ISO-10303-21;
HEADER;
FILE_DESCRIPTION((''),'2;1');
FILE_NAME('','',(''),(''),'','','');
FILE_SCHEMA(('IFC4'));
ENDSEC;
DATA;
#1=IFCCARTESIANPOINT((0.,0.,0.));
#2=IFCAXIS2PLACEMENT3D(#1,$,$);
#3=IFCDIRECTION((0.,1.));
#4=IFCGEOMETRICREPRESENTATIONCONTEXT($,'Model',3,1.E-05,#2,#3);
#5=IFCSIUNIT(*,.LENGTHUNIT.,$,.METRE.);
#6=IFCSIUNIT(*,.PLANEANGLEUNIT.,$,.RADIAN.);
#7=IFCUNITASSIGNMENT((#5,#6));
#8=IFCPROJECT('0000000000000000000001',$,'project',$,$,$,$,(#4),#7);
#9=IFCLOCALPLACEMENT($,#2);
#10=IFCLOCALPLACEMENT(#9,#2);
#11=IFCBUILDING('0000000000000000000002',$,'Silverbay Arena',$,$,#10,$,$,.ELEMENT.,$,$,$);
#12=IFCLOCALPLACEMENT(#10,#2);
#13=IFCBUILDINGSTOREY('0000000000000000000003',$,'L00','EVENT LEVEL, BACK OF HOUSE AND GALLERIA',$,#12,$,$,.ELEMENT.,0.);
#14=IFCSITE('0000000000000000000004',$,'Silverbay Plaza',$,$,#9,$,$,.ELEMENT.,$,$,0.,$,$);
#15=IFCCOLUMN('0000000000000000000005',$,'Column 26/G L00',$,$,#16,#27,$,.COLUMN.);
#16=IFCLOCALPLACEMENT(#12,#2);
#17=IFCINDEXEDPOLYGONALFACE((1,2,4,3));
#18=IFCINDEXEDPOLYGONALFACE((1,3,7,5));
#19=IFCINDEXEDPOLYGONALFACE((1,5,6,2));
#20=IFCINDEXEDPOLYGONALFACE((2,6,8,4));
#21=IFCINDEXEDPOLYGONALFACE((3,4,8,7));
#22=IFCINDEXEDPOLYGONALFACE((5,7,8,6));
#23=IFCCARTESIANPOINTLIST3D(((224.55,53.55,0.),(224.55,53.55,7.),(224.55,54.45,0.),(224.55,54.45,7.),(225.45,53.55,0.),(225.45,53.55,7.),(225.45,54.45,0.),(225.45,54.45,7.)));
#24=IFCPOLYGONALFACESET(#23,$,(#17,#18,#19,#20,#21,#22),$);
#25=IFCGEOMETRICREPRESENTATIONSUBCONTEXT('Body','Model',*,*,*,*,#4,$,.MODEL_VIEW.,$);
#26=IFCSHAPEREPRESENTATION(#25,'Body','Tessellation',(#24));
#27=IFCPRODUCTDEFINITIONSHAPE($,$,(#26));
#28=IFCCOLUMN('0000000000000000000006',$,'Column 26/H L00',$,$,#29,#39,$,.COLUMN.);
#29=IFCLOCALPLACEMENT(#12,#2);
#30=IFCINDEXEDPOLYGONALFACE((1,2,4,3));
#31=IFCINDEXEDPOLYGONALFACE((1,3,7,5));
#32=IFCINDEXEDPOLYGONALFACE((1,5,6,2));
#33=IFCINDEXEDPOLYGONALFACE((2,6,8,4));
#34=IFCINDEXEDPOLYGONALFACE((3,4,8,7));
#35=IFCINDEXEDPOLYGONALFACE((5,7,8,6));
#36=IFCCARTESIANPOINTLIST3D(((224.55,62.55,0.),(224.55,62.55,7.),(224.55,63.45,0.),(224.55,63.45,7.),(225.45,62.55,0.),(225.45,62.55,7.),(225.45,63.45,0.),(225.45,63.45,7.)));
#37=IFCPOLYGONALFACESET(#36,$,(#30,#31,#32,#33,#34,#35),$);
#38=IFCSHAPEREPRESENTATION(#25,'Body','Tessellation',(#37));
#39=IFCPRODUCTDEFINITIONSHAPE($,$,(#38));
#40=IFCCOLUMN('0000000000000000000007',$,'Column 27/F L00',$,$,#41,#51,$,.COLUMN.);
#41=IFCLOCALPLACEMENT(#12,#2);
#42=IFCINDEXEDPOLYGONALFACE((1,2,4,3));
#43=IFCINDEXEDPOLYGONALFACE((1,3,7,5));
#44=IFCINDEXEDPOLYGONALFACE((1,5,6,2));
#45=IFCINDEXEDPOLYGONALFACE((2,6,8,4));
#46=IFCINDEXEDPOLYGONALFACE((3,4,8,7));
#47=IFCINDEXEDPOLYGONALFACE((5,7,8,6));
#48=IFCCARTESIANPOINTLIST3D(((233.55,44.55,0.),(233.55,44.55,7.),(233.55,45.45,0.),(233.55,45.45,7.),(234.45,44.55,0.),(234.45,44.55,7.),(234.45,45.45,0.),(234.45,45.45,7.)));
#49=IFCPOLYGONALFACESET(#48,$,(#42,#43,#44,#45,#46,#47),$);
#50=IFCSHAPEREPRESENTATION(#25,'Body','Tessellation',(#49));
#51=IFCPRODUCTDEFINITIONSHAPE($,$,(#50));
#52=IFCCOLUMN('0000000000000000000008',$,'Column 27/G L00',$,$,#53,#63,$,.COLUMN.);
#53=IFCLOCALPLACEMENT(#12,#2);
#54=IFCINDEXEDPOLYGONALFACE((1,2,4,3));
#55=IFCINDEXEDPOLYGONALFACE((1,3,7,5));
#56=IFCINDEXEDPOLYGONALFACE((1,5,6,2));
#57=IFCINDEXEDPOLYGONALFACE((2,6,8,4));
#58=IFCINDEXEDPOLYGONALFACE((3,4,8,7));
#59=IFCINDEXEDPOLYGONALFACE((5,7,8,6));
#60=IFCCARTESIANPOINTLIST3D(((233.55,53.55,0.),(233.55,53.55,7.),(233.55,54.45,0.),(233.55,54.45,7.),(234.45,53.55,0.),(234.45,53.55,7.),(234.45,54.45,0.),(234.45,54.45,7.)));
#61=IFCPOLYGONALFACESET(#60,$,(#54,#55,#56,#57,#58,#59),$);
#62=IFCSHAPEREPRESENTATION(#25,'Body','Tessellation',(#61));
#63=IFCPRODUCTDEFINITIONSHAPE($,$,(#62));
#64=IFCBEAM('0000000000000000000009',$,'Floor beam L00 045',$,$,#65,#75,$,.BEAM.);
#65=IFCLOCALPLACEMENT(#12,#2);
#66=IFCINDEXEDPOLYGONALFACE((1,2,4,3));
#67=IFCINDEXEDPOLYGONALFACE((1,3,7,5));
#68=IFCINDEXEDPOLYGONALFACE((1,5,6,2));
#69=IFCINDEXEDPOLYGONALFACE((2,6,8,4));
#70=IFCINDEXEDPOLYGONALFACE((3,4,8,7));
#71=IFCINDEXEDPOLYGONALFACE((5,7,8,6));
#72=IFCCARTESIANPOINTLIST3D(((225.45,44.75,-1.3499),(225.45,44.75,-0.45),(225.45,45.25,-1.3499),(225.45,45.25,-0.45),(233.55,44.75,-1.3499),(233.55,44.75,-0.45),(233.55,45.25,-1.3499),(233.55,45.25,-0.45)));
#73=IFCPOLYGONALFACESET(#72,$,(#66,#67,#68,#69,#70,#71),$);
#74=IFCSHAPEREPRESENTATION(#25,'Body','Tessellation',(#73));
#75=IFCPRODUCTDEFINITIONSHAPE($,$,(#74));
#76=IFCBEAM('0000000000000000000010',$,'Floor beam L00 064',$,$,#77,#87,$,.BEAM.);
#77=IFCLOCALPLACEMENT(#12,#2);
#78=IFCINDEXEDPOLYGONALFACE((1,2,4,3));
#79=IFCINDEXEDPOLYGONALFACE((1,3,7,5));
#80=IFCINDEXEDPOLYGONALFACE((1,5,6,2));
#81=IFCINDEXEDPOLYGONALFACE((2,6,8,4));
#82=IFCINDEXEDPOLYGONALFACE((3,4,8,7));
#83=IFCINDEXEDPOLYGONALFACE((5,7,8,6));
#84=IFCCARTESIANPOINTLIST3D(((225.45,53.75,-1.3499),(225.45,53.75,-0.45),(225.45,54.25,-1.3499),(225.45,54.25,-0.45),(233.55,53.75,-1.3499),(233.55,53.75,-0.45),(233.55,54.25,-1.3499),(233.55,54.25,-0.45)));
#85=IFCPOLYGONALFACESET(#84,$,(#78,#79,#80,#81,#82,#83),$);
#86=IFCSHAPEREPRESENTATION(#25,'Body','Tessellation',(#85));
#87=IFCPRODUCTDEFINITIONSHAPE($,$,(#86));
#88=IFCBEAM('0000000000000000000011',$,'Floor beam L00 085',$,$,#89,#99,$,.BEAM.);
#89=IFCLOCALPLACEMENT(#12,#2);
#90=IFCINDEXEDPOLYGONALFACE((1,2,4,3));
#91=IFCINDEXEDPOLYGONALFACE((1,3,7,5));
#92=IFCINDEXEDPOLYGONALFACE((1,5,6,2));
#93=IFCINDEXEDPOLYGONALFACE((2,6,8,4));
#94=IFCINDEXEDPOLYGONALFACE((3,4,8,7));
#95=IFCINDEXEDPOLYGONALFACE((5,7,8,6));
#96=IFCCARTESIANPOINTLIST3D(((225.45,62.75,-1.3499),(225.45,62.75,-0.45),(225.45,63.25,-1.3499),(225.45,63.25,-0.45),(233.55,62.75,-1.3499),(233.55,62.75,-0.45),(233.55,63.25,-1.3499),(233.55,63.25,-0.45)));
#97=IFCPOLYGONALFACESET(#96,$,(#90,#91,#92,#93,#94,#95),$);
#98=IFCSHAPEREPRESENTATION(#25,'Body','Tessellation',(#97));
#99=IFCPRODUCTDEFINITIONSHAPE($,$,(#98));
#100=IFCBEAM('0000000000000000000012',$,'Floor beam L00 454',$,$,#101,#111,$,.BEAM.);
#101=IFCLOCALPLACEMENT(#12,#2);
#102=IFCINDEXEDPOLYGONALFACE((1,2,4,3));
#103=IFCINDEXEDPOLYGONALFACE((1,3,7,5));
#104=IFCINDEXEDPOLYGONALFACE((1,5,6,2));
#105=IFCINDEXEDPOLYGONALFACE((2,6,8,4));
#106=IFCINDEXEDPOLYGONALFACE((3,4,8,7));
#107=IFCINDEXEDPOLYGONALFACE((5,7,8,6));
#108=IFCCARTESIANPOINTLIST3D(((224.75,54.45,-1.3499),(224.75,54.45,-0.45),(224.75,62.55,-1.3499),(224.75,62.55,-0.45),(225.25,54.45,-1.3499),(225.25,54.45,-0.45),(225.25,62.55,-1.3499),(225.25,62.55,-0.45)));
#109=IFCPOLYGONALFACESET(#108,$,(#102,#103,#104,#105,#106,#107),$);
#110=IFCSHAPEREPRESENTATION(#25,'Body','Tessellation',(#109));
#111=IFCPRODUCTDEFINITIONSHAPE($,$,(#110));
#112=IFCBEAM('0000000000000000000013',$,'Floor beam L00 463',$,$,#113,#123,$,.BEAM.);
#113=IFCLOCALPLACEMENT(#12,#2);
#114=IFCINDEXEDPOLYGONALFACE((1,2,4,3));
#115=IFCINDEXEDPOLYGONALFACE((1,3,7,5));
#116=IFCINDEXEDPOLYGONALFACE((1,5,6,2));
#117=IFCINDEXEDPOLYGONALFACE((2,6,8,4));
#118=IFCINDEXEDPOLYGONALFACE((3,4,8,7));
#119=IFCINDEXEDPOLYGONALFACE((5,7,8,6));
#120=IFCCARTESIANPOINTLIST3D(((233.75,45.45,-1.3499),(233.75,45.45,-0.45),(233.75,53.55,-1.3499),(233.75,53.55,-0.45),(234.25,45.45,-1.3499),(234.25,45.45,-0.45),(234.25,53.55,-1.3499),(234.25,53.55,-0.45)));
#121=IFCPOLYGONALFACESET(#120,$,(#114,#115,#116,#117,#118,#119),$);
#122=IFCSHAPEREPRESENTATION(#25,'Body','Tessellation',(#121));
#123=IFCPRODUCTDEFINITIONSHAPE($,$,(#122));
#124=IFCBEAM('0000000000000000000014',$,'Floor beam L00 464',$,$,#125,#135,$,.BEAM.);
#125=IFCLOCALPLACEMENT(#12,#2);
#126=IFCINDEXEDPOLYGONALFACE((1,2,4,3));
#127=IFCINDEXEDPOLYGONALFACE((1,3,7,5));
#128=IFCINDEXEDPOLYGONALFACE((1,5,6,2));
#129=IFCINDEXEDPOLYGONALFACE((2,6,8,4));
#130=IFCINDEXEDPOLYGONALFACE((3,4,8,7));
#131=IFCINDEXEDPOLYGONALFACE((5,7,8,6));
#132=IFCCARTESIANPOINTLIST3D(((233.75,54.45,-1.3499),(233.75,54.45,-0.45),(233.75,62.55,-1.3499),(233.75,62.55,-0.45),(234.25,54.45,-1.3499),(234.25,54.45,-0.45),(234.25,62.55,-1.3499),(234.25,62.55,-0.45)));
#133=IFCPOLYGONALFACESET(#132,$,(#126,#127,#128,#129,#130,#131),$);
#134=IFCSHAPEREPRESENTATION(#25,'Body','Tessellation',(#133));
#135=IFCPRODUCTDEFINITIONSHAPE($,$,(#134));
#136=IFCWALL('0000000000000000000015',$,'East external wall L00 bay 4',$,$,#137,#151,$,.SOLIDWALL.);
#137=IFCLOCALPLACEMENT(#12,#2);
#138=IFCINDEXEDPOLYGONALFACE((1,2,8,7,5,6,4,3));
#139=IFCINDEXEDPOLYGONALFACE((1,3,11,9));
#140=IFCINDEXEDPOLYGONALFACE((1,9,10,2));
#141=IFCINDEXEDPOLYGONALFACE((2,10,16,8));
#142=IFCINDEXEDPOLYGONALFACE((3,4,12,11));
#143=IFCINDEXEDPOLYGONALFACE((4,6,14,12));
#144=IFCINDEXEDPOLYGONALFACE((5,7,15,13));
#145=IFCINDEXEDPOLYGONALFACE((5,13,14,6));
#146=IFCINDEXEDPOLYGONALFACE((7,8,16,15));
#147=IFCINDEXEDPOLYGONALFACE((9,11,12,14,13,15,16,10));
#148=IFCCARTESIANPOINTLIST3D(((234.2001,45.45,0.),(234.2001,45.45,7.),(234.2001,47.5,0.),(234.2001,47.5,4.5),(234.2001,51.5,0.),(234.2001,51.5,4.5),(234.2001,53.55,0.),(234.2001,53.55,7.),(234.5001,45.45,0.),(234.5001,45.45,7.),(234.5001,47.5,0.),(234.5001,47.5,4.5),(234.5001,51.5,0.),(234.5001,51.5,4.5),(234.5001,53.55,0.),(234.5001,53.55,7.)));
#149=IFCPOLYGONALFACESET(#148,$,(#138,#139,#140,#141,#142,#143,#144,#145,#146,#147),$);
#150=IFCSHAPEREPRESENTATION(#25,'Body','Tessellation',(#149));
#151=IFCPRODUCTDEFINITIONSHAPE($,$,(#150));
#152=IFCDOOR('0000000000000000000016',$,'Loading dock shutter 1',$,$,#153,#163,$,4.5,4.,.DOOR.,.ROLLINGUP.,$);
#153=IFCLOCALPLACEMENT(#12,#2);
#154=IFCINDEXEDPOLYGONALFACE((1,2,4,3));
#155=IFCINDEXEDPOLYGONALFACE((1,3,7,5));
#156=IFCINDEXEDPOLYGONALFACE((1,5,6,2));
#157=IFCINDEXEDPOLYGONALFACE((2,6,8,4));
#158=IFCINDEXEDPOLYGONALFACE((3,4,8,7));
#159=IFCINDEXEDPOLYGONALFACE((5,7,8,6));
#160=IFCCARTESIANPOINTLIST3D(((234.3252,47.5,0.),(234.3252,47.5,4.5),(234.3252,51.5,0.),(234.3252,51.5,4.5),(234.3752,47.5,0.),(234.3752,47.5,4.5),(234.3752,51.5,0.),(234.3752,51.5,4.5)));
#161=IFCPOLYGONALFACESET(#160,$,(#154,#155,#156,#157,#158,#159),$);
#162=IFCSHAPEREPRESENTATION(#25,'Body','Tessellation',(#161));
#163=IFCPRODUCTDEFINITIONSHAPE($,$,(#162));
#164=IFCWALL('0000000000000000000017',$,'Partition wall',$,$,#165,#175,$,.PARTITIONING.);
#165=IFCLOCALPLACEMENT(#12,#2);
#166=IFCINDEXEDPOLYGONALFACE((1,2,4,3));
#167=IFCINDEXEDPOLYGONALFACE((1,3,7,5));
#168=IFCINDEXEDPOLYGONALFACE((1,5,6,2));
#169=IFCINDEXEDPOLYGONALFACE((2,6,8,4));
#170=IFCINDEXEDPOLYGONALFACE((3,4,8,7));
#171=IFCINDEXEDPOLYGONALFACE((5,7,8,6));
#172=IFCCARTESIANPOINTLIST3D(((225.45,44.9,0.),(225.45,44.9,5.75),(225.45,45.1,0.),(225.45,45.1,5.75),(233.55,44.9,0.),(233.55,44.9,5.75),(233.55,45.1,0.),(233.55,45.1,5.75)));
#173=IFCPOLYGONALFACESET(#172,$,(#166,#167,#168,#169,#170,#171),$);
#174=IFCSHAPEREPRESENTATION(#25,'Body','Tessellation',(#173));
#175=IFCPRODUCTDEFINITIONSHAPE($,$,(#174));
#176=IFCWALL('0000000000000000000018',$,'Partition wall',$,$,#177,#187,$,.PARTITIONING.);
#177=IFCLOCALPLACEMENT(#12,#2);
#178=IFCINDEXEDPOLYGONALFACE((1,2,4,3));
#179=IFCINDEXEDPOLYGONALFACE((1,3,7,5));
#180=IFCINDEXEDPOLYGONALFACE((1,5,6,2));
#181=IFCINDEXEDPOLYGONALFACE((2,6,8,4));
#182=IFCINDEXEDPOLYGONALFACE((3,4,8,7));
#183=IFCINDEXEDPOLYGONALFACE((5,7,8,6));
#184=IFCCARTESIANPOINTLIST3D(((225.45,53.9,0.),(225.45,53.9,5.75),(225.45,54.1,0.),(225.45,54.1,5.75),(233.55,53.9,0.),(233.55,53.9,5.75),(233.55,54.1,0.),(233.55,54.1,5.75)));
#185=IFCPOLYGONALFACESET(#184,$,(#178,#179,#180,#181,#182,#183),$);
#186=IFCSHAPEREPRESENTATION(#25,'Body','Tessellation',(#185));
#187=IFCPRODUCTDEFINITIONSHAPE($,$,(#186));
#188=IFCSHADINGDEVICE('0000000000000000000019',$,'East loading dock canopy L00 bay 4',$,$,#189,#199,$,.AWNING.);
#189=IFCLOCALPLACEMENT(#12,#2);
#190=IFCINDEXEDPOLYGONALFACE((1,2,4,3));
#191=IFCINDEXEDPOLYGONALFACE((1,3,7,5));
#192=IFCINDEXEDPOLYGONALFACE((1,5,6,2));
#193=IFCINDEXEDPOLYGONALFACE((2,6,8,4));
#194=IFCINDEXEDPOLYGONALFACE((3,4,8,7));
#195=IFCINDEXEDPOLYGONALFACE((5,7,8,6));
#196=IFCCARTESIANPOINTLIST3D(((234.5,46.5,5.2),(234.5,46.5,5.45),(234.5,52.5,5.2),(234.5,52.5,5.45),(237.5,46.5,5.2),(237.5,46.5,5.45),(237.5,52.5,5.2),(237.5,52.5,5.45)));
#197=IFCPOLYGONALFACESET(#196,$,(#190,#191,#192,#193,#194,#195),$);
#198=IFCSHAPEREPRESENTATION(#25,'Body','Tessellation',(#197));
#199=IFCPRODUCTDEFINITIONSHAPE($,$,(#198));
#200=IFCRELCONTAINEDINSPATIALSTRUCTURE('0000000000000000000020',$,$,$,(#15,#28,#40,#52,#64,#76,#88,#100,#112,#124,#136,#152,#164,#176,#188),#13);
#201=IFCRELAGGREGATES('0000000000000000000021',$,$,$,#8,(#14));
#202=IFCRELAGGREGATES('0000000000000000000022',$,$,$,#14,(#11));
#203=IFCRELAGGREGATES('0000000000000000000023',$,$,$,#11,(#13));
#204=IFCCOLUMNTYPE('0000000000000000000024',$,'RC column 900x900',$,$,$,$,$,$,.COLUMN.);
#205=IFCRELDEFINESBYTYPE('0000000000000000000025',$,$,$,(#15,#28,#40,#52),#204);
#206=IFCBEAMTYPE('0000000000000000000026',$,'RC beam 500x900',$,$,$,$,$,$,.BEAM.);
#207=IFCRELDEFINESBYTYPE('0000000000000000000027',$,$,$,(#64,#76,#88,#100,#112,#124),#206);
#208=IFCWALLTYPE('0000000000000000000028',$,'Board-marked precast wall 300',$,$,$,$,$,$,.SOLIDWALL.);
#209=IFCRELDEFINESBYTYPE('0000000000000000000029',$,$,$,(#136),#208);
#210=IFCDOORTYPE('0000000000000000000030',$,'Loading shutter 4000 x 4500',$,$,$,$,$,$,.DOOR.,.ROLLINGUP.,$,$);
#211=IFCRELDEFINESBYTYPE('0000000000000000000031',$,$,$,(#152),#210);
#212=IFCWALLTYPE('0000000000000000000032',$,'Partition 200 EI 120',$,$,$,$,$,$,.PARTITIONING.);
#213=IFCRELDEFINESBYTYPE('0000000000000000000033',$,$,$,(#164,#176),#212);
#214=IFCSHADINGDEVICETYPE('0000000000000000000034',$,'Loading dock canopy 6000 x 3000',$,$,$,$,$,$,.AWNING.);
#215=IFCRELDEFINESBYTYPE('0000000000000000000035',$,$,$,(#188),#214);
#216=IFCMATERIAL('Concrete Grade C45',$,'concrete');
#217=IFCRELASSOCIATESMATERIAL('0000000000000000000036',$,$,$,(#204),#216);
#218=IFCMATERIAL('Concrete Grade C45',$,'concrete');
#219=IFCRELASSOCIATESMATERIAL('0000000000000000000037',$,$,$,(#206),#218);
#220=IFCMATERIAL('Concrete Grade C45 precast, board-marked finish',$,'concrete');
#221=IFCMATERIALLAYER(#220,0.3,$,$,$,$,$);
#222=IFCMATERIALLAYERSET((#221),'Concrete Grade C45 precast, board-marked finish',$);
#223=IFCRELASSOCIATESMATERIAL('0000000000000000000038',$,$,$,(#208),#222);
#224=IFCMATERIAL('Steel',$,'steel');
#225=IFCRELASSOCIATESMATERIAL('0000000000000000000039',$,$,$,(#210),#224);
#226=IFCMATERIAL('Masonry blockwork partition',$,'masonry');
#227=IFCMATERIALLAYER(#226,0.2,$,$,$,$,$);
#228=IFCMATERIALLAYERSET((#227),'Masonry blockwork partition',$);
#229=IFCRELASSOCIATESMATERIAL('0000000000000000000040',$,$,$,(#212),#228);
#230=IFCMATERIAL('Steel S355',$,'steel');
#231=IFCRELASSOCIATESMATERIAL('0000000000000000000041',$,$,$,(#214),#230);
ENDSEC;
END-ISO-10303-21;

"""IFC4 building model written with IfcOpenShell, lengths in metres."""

from ifc_helpers import new_model, si_unit, direction, frame, frame_2d, origin, origin_2d, place, context, subcontext, project, spatial, rectangle, extrude, material, layer, layer_set, material_profile, profile_set, type_object, element, fill, save


model = new_model("IFC4")

# Units and contexts
model_context = context("Model", 3, precision=1e-05, world=origin(), true_north=direction((0.0, 1.0)))
body_context = subcontext(model_context, "Body", "Model", "MODEL_VIEW")
ifc_project = project(units=[si_unit("LENGTHUNIT", "METRE"), si_unit("PLANEANGLEUNIT", "RADIAN")], contexts=[model_context])

# Site, building, storey
site_placement = place(None, origin())
site = spatial("IfcSite", under=ifc_project, at=site_placement, Name="Silverbay Plaza", CompositionType="ELEMENT", RefElevation=0.0)
building_placement = place(site_placement, origin())
building = spatial("IfcBuilding", under=site, at=building_placement, Name="Silverbay Arena", CompositionType="ELEMENT")
storey_placement = place(building_placement, origin())
storey = spatial("IfcBuildingStorey", under=building, at=storey_placement, Name="L00", Description="EVENT LEVEL, BACK OF HOUSE AND GALLERIA", CompositionType="ELEMENT", Elevation=0.0)

# Columns
ifc_material_1 = material(Name="Concrete Grade C45", Category="concrete")
ifc_material_profile_1 = material_profile(ifc_material_1, rectangle(XDim=0.8999, YDim=0.8999, at=origin_2d()), Name="RC 900x900")
ifc_profile_set_1 = profile_set([ifc_material_profile_1], Name="Concrete Grade C45")
column_type = type_object("IfcColumnType", Name="RC column 900x900", PredefinedType="COLUMN", material=ifc_profile_set_1)
for number, where, z_axis, x_axis, name in (
    (1, (225.0, 54.0, 0.0), (0.0, 0.0, 1.0), (1.0, 0.0, 0.0), "Column 26/G L00"),
    (2, (225.0, 63.0, 0.0), (0.0, 0.0, 1.0), (1.0, 0.0, 0.0), "Column 26/H L00"),
    (3, (234.0, 45.0, 0.0), (0.0, 0.0, 1.0), (1.0, 0.0, 0.0), "Column 27/F L00"),
    (4, (234.0, 54.0, 0.0), (0.0, 0.0, 1.0), (1.0, 0.0, 0.0), "Column 27/G L00"),
):
    element("IfcColumn", number, at=place(storey_placement, frame(where, z_axis=z_axis, x_axis=x_axis)), inside=storey, type_object=column_type, Name=name, PredefinedType="COLUMN", context=body_context, shape_type="SweptSolid", body=[
        extrude(rectangle(XDim=0.8999, YDim=0.8999, at=origin_2d()), origin(), (0.0, 0.0, 1.0), 7.0),
    ])

# Beams
ifc_material_2 = material(Name="Concrete Grade C45", Category="concrete")
ifc_material_profile_2 = material_profile(ifc_material_2, rectangle(XDim=0.5, YDim=0.8999, at=origin_2d()), Name="RC 500x900")
ifc_profile_set_2 = profile_set([ifc_material_profile_2], Name="Concrete Grade C45")
beam_type = type_object("IfcBeamType", Name="RC beam 500x900", PredefinedType="BEAM", material=ifc_profile_set_2)
for number, where, z_axis, x_axis, name in (
    (5, (225.45, 45.0, -0.8999), (1.0, 0.0, 0.0), (0.0, 1.0, 0.0), "Floor beam L00 045"),
    (6, (225.45, 54.0, -0.8999), (1.0, 0.0, 0.0), (0.0, 1.0, 0.0), "Floor beam L00 064"),
    (7, (225.45, 63.0, -0.8999), (1.0, 0.0, 0.0), (0.0, 1.0, 0.0), "Floor beam L00 085"),
    (8, (225.0, 54.45, -0.8999), (0.0, 1.0, 0.0), (-1.0, 0.0, 0.0), "Floor beam L00 454"),
    (9, (234.0, 45.45, -0.8999), (0.0, 1.0, 0.0), (-1.0, 0.0, 0.0), "Floor beam L00 463"),
    (10, (234.0, 54.45, -0.8999), (0.0, 1.0, 0.0), (-1.0, 0.0, 0.0), "Floor beam L00 464"),
):
    element("IfcBeam", number, at=place(storey_placement, frame(where, z_axis=z_axis, x_axis=x_axis)), inside=storey, type_object=beam_type, Name=name, PredefinedType="BEAM", context=body_context, shape_type="SweptSolid", body=[
        extrude(rectangle(XDim=0.5, YDim=0.8999, at=origin_2d()), origin(), (0.0, 0.0, 1.0), 8.1001),
    ])

# Wall, opening, door
ifc_material_3 = material(Name="Concrete Grade C45 precast, board-marked finish", Category="concrete")
ifc_layer_1 = layer(ifc_material_3, 0.3)
ifc_layer_set_1 = layer_set([ifc_layer_1], Name="Concrete Grade C45 precast, board-marked finish")
wall_type_1 = type_object("IfcWallType", Name="Board-marked precast wall 300", PredefinedType="SOLIDWALL", material=ifc_layer_set_1)
wall_1_placement = place(storey_placement, frame((234.3501, 45.45, 0.0), z_axis=(0.0, 0.0, 1.0), x_axis=(0.0, 1.0, 0.0)))
wall_1 = element("IfcWall", 11, at=wall_1_placement, inside=storey, type_object=wall_type_1, Name="East external wall L00 bay 4", PredefinedType="SOLIDWALL", context=body_context, shape_type="SweptSolid", body=[
    extrude(rectangle(XDim=8.1001, YDim=0.3, at=frame_2d((4.05, 0.0))), origin(), (0.0, 0.0, 1.0), 7.0),
])
opening_1_placement = place(wall_1_placement, frame((2.05, 0.0, 0.0)))
opening_1 = element("IfcOpeningElement", 12, at=opening_1_placement, cuts=wall_1, PredefinedType="OPENING", context=body_context, shape_type="SweptSolid", body=[
    extrude(rectangle(XDim=4.0, YDim=4.5, at=frame_2d((2.0, 2.25))), frame((0.0, 0.1602, 0.0), z_axis=(0.0, -1.0, 0.0), x_axis=(1.0, 0.0, 0.0)), (0.0, 0.0, 1.0), 0.3201),
])
ifc_material_4 = material(Name="Steel", Category="steel")
door_type_1 = type_object("IfcDoorType", Name="Loading shutter 4000 x 4500", OperationType="ROLLINGUP", PredefinedType="DOOR", material=ifc_material_4)
door_1_placement = place(opening_1_placement, origin())
door_1 = element("IfcDoor", 13, at=door_1_placement, inside=storey, type_object=door_type_1, Name="Loading dock shutter 1", OperationType="ROLLINGUP", OverallHeight=4.5, OverallWidth=4.0, PredefinedType="DOOR", context=body_context, shape_type="SweptSolid", body=[
    extrude(rectangle(XDim=4.0, YDim=4.5, at=frame_2d((2.0, 2.25))), frame((0.0, 0.0249, 0.0), z_axis=(0.0, -1.0, 0.0), x_axis=(1.0, 0.0, 0.0)), (0.0, 0.0, 1.0), 0.05),
])
fill(opening_1, door_1)

# Walls
ifc_material_5 = material(Name="Masonry blockwork partition", Category="masonry")
ifc_layer_2 = layer(ifc_material_5, 0.2)
ifc_layer_set_2 = layer_set([ifc_layer_2], Name="Masonry blockwork partition")
wall_type_2 = type_object("IfcWallType", Name="Partition 200 EI 120", PredefinedType="PARTITIONING", material=ifc_layer_set_2)
for number, where, z_axis, x_axis, name in (
    (14, (225.45, 45.0, 0.0), (0.0, 0.0, 1.0), (1.0, 0.0, 0.0), "Partition wall"),
    (15, (225.45, 54.0, 0.0), (0.0, 0.0, 1.0), (1.0, 0.0, 0.0), "Partition wall"),
):
    element("IfcWall", number, at=place(storey_placement, frame(where, z_axis=z_axis, x_axis=x_axis)), inside=storey, type_object=wall_type_2, Name=name, PredefinedType="PARTITIONING", context=body_context, shape_type="SweptSolid", body=[
        extrude(rectangle(XDim=8.1001, YDim=0.2, at=frame_2d((4.05, 0.0))), origin(), (0.0, 0.0, 1.0), 5.75),
    ])

# Shading device
ifc_material_6 = material(Name="Steel S355", Category="steel")
shading_device_type = type_object("IfcShadingDeviceType", Name="Loading dock canopy 6000 x 3000", PredefinedType="AWNING", material=ifc_material_6)
shading_device_placement = place(storey_placement, frame((236.0, 49.5, 5.2), z_axis=(0.0, 0.0, 1.0), x_axis=(0.0, 1.0, 0.0)))
element("IfcShadingDevice", 16, at=shading_device_placement, inside=storey, type_object=shading_device_type, Name="East loading dock canopy L00 bay 4", PredefinedType="AWNING", context=body_context, shape_type="SweptSolid", body=[
    extrude(rectangle(XDim=6.0, YDim=3.0, at=origin_2d()), origin(), (0.0, 0.0, 1.0), 0.25),
])

save(model, "model.ifc")
